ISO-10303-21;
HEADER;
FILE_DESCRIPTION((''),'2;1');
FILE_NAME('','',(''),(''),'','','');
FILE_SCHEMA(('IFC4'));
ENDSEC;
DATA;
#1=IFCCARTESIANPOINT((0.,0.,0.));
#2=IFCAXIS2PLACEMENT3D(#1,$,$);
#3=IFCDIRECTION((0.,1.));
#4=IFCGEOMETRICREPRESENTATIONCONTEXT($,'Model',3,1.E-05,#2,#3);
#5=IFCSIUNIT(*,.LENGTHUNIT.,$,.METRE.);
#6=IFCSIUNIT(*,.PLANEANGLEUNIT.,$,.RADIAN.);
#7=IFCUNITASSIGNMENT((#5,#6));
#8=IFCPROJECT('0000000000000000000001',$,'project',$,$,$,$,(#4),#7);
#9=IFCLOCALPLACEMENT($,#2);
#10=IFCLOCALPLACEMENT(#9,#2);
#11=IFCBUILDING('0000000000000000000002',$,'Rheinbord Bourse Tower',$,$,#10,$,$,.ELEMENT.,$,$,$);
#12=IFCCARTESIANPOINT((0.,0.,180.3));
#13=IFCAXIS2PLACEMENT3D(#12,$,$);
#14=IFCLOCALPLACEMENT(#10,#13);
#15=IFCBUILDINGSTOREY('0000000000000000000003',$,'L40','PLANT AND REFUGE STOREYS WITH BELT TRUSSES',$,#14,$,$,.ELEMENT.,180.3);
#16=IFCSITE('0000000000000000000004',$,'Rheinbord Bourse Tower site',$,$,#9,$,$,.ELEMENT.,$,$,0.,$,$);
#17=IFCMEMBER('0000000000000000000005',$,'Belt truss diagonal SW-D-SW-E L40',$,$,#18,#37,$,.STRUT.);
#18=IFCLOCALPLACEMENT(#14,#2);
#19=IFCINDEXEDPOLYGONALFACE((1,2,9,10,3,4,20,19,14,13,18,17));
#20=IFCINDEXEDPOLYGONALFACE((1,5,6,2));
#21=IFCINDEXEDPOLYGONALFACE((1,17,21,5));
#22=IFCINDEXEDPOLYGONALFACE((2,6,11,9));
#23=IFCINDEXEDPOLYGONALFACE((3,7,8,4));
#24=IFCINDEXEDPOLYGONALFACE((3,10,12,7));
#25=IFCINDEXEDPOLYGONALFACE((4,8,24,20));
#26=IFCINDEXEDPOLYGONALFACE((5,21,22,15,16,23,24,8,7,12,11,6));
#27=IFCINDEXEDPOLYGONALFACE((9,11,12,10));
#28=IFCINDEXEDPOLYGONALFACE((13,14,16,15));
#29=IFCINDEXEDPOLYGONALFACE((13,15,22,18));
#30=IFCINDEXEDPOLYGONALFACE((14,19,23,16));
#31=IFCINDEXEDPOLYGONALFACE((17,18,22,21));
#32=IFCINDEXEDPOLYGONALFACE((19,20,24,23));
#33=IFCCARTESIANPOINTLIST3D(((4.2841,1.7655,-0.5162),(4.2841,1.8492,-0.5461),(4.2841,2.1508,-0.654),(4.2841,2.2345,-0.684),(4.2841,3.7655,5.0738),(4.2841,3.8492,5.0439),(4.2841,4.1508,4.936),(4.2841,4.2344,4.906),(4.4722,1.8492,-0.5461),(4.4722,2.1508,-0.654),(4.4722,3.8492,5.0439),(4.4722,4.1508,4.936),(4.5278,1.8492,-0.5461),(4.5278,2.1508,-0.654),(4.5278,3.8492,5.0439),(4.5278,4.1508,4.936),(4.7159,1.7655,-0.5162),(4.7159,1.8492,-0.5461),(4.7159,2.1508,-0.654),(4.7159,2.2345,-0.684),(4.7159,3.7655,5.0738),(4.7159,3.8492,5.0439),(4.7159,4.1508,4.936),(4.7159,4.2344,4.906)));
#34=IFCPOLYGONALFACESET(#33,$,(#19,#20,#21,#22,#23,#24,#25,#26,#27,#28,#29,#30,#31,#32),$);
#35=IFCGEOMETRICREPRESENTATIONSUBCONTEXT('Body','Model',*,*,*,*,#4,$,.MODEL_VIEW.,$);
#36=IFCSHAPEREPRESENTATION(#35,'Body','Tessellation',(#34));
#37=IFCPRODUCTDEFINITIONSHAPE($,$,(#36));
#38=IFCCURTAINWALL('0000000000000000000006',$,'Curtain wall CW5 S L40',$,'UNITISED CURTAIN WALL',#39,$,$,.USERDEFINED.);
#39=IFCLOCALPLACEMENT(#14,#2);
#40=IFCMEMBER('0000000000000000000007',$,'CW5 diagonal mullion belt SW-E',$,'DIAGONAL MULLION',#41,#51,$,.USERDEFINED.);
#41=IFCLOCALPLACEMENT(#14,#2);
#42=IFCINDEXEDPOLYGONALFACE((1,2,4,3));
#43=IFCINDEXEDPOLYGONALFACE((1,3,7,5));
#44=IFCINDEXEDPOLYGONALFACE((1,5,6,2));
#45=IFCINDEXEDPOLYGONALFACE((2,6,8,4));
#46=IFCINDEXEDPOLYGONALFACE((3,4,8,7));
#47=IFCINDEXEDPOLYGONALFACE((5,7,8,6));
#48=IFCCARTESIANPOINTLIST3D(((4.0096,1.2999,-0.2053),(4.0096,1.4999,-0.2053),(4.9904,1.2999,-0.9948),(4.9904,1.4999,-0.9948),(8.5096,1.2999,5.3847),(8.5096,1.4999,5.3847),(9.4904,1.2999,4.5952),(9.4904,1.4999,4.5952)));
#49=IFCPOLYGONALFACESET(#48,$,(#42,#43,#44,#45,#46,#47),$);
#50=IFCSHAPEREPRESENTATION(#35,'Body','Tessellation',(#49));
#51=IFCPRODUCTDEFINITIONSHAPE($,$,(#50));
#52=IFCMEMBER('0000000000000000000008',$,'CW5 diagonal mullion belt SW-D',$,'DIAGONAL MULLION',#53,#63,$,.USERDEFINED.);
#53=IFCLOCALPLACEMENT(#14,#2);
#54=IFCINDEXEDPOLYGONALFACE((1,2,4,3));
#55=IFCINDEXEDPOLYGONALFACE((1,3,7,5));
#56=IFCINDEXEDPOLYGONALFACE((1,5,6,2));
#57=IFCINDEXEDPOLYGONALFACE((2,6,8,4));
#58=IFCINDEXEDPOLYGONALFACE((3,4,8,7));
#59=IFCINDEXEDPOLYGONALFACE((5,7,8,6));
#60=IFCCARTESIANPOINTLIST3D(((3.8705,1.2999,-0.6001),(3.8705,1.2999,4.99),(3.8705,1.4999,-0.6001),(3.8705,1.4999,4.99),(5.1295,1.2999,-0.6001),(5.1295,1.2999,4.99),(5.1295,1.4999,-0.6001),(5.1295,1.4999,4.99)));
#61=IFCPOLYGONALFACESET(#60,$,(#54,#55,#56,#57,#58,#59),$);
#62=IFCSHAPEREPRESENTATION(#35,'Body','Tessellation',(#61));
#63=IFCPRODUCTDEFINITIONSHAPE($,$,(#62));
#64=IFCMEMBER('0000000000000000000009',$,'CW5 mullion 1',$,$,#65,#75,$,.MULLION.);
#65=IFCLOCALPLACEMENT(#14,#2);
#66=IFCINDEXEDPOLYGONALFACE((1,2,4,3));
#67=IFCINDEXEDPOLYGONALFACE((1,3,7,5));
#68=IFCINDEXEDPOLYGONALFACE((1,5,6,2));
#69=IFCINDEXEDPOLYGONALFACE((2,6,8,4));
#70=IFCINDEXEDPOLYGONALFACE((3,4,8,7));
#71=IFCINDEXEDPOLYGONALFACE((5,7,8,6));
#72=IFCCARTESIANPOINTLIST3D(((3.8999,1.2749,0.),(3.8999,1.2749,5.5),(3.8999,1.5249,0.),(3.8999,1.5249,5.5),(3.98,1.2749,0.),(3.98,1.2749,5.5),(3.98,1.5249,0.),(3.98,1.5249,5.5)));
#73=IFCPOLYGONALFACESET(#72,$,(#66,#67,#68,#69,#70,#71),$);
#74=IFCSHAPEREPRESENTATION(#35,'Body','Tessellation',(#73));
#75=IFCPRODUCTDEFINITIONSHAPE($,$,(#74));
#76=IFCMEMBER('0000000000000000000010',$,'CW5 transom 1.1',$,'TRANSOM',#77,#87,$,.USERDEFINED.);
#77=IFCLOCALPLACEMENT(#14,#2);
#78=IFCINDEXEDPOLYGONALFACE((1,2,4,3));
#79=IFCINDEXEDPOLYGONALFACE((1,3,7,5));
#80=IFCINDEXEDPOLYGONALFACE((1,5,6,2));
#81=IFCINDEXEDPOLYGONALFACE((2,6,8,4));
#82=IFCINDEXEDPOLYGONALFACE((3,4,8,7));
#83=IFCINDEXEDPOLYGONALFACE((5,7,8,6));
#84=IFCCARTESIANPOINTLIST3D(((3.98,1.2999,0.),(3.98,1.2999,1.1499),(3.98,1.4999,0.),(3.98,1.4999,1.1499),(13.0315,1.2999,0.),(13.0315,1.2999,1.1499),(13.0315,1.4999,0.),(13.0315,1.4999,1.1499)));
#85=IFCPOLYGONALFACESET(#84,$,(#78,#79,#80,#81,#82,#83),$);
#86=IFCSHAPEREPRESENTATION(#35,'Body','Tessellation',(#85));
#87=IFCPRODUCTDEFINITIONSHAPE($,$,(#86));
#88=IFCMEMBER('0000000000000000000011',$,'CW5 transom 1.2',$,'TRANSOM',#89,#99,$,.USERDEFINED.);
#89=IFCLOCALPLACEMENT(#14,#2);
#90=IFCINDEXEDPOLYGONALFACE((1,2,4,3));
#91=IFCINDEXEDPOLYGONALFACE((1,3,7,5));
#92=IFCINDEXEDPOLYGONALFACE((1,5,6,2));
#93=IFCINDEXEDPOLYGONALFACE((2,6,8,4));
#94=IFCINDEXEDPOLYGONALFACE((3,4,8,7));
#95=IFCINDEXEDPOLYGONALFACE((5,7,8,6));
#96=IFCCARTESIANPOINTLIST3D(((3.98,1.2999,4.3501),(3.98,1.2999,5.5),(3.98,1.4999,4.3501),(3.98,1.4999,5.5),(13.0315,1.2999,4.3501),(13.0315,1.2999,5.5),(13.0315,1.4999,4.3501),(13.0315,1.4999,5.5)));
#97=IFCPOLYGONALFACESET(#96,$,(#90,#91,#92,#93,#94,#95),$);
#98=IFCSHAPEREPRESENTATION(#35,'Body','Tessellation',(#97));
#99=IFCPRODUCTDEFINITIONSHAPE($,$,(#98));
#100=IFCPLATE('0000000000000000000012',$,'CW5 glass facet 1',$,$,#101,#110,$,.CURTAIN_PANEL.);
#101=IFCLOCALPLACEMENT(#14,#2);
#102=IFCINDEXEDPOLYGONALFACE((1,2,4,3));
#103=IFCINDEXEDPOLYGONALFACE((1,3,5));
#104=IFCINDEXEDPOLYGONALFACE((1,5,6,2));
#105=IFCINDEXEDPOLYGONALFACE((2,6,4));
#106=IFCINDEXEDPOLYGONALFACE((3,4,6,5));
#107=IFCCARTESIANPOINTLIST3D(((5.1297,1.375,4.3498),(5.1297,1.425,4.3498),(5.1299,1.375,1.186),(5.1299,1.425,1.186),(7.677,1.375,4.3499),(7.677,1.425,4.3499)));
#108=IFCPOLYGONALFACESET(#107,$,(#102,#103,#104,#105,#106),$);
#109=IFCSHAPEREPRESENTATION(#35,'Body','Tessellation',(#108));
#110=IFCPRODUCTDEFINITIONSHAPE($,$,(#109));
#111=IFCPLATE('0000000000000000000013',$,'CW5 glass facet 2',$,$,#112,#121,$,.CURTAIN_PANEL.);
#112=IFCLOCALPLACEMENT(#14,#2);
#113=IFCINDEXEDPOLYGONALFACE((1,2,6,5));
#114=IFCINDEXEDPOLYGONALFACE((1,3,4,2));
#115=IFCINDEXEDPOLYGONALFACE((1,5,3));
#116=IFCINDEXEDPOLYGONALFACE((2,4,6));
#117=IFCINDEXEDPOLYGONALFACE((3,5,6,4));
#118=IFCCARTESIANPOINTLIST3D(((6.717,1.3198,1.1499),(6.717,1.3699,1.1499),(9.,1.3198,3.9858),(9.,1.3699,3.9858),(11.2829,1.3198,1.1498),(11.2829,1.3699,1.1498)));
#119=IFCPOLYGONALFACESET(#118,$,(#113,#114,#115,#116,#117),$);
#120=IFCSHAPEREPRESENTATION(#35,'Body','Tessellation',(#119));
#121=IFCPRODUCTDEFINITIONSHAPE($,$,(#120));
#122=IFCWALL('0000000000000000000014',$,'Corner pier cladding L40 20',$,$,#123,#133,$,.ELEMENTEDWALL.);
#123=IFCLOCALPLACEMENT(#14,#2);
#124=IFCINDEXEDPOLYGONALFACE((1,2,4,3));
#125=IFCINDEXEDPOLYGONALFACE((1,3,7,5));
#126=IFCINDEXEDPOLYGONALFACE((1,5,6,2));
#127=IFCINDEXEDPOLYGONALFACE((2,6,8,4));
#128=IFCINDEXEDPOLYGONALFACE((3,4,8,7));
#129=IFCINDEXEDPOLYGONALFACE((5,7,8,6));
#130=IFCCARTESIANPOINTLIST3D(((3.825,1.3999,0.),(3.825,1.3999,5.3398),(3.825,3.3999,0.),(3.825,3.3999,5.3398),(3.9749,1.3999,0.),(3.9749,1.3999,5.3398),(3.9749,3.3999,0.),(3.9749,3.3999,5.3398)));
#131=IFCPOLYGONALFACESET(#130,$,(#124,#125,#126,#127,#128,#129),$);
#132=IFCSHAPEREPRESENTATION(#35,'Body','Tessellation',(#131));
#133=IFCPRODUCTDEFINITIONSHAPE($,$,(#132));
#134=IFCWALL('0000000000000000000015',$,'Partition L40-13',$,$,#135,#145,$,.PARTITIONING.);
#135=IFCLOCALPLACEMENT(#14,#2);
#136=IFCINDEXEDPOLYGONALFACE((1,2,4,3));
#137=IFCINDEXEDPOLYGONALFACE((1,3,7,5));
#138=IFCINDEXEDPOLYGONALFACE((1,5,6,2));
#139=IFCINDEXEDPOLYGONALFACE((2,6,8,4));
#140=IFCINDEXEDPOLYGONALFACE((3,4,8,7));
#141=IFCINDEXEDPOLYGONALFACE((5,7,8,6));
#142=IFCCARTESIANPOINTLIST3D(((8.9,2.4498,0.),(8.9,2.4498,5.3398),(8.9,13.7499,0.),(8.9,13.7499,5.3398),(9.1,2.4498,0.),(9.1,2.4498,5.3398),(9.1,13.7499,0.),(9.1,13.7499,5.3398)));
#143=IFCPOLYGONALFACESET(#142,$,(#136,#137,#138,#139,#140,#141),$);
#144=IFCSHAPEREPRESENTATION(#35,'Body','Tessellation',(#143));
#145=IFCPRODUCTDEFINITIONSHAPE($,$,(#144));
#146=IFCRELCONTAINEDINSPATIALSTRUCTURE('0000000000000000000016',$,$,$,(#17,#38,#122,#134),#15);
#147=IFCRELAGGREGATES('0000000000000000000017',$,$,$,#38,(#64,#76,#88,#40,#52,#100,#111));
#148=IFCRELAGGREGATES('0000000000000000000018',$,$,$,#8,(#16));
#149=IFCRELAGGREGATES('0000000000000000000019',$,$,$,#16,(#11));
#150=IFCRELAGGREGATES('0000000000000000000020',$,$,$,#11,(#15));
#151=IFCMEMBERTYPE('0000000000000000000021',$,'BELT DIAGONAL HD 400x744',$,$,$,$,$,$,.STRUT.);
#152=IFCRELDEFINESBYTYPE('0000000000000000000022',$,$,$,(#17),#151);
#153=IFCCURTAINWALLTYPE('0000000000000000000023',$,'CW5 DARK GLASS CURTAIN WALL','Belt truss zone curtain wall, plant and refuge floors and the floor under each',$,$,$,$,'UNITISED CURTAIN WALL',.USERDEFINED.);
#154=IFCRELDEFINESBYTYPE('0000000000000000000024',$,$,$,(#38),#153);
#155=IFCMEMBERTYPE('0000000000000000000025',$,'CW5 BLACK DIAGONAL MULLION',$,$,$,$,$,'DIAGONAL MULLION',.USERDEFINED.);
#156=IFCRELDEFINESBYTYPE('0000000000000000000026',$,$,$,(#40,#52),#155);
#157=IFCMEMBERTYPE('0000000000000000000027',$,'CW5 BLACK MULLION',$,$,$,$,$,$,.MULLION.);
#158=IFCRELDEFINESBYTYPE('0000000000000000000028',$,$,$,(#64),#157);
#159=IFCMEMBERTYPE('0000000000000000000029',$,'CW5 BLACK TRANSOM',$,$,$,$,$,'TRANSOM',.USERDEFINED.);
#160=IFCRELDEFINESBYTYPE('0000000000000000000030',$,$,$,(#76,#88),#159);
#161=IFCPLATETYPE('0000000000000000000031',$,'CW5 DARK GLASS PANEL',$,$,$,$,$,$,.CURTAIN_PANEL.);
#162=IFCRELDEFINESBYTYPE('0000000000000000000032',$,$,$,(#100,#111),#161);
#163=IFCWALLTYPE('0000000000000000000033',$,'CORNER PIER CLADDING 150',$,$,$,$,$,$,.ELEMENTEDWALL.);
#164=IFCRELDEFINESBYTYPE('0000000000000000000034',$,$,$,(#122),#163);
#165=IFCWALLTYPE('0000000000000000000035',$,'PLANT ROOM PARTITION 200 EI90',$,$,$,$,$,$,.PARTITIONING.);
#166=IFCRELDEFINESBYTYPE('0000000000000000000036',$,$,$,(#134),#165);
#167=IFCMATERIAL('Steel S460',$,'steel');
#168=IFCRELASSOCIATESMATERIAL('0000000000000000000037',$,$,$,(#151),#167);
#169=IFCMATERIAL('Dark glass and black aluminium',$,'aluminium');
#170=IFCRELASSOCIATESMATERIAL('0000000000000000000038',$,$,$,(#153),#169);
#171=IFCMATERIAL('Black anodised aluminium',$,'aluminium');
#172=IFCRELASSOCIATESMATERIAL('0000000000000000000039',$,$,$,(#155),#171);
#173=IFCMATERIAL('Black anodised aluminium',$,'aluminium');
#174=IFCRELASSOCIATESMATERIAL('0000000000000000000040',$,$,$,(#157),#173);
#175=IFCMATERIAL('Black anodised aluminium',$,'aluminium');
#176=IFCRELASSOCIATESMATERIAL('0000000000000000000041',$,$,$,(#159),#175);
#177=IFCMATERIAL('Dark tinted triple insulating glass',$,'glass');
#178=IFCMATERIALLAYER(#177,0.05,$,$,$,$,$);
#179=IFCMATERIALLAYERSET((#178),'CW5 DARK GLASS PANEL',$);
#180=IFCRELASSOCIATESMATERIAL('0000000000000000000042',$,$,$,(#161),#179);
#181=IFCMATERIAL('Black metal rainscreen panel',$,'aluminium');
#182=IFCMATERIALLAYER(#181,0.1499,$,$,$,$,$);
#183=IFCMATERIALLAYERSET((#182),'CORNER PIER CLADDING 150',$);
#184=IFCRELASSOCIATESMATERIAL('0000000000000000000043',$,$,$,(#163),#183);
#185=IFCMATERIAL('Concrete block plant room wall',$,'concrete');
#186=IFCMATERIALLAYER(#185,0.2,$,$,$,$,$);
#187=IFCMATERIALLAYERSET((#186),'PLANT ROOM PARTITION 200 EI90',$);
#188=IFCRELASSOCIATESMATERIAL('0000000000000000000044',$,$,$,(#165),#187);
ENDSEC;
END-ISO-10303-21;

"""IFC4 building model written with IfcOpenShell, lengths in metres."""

from ifc_helpers import new_model, si_unit, direction, frame, frame_2d, origin, origin_2d, place, context, subcontext, project, spatial, polyline, rectangle, i_section, outline, extrude, material, layer, layer_set, material_profile, profile_set, type_object, element, aggregate, save


model = new_model("IFC4")

# Units and contexts
model_context = context("Model", 3, precision=1e-05, world=origin(), true_north=direction((0.0, 1.0)))
body_context = subcontext(model_context, "Body", "Model", "MODEL_VIEW")
ifc_project = project(units=[si_unit("LENGTHUNIT", "METRE"), si_unit("PLANEANGLEUNIT", "RADIAN")], contexts=[model_context])

# Site, building, storey
site_placement = place(None, origin())
site = spatial("IfcSite", under=ifc_project, at=site_placement, Name="Rheinbord Bourse Tower site", CompositionType="ELEMENT", RefElevation=0.0)
building_placement = place(site_placement, origin())
building = spatial("IfcBuilding", under=site, at=building_placement, Name="Rheinbord Bourse Tower", CompositionType="ELEMENT")
storey_placement = place(building_placement, frame((0.0, 0.0, 180.3)))
storey = spatial("IfcBuildingStorey", under=building, at=storey_placement, Name="L40", Description="PLANT AND REFUGE STOREYS WITH BELT TRUSSES", CompositionType="ELEMENT", Elevation=180.3)

# Member
ifc_material_1 = material(Name="Steel S460", Category="steel")
ifc_material_profile_1 = material_profile(ifc_material_1, i_section(OverallWidth=0.4319, OverallDepth=0.498, WebThickness=0.0557, FlangeThickness=0.0889, at=origin_2d()), Name="HD 400x744")
ifc_profile_set_1 = profile_set([ifc_material_profile_1], Name="Steel S460")
member_type_1 = type_object("IfcMemberType", Name="BELT DIAGONAL HD 400x744", PredefinedType="STRUT", material=ifc_profile_set_1)
member_1_placement = place(storey_placement, frame((4.5, 2.0, -0.6001), z_axis=(0.0, 0.336865, 0.941553), x_axis=(-1.0, 0.0, 0.0)))
element("IfcMember", 1, at=member_1_placement, inside=storey, type_object=member_type_1, Name="Belt truss diagonal SW-D-SW-E L40", PredefinedType="STRUT", context=body_context, shape_type="SweptSolid", body=[
    extrude(i_section(OverallWidth=0.4319, OverallDepth=0.498, WebThickness=0.0557, FlangeThickness=0.0889, at=origin_2d()), origin(), (0.0, 0.0, 1.0), 5.937),
])

# Curtain wall, members, plates
ifc_material_2 = material(Name="Dark glass and black aluminium", Category="aluminium")
curtain_wall_type = type_object("IfcCurtainWallType", Name="CW5 DARK GLASS CURTAIN WALL", Description="Belt truss zone curtain wall, plant and refuge floors and the floor under each", ElementType="UNITISED CURTAIN WALL", PredefinedType="USERDEFINED", material=ifc_material_2)
curtain_wall_placement = place(storey_placement, origin())
curtain_wall = element("IfcCurtainWall", 2, at=curtain_wall_placement, inside=storey, type_object=curtain_wall_type, Name="Curtain wall CW5 S L40", ObjectType="UNITISED CURTAIN WALL", PredefinedType="USERDEFINED")
ifc_material_3 = material(Name="Black anodised aluminium", Category="aluminium")
ifc_material_profile_2 = material_profile(ifc_material_3, rectangle(XDim=0.2, YDim=1.259, at=origin_2d()), Name="CW5 DIAGONAL MULLION 1259x200")
ifc_profile_set_2 = profile_set([ifc_material_profile_2], Name="Black anodised aluminium")
member_type_2 = type_object("IfcMemberType", Name="CW5 BLACK DIAGONAL MULLION", ElementType="DIAGONAL MULLION", PredefinedType="USERDEFINED", material=ifc_profile_set_2)
member_2_placement = place(storey_placement, frame((4.5, 1.3999, -0.6001), z_axis=(0.627065, 0.0, 0.778967), x_axis=(0.0, 1.0, 0.0)))
member_2 = element("IfcMember", 3, at=member_2_placement, type_object=member_type_2, Name="CW5 diagonal mullion belt SW-E", ObjectType="DIAGONAL MULLION", PredefinedType="USERDEFINED", context=body_context, shape_type="SweptSolid", body=[
    extrude(rectangle(XDim=0.2, YDim=1.259, at=origin_2d()), origin(), (0.0, 0.0, 1.0), 7.1763),
])
member_3_placement = place(storey_placement, frame((4.5, 1.3999, -0.6001), z_axis=(0.0, 0.0, 1.0), x_axis=(0.0, 1.0, 0.0)))
member_3 = element("IfcMember", 4, at=member_3_placement, type_object=member_type_2, Name="CW5 diagonal mullion belt SW-D", ObjectType="DIAGONAL MULLION", PredefinedType="USERDEFINED", context=body_context, shape_type="SweptSolid", body=[
    extrude(rectangle(XDim=0.2, YDim=1.259, at=origin_2d()), origin(), (0.0, 0.0, 1.0), 5.5901),
])
ifc_material_4 = material(Name="Black anodised aluminium", Category="aluminium")
ifc_material_profile_3 = material_profile(ifc_material_4, rectangle(XDim=0.25, YDim=0.0801, at=origin_2d()), Name="CW5 MULLION 80x250")
ifc_profile_set_3 = profile_set([ifc_material_profile_3], Name="Black anodised aluminium")
member_type_3 = type_object("IfcMemberType", Name="CW5 BLACK MULLION", PredefinedType="MULLION", material=ifc_profile_set_3)
member_4_placement = place(storey_placement, frame((3.9399, 1.3999, 0.0), z_axis=(0.0, 0.0, 1.0), x_axis=(0.0, 1.0, 0.0)))
member_4 = element("IfcMember", 5, at=member_4_placement, type_object=member_type_3, Name="CW5 mullion 1", PredefinedType="MULLION", context=body_context, shape_type="SweptSolid", body=[
    extrude(rectangle(XDim=0.25, YDim=0.0801, at=origin_2d()), origin(), (0.0, 0.0, 1.0), 5.5),
])
ifc_material_5 = material(Name="Black anodised aluminium", Category="aluminium")
ifc_material_profile_4 = material_profile(ifc_material_5, rectangle(XDim=0.2, YDim=1.1499, at=origin_2d()), Name="CW5 TRANSOM 1150x200")
ifc_profile_set_4 = profile_set([ifc_material_profile_4], Name="Black anodised aluminium")
member_type_4 = type_object("IfcMemberType", Name="CW5 BLACK TRANSOM", ElementType="TRANSOM", PredefinedType="USERDEFINED", material=ifc_profile_set_4)
member_5_placement = place(storey_placement, frame((3.98, 1.3999, 0.575), z_axis=(1.0, 0.0, 0.0), x_axis=(0.0, 1.0, 0.0)))
member_5 = element("IfcMember", 6, at=member_5_placement, type_object=member_type_4, Name="CW5 transom 1.1", ObjectType="TRANSOM", PredefinedType="USERDEFINED", context=body_context, shape_type="SweptSolid", body=[
    extrude(rectangle(XDim=0.2, YDim=1.1499, at=origin_2d()), origin(), (0.0, 0.0, 1.0), 9.0515),
])
member_6_placement = place(storey_placement, frame((3.98, 1.3999, 4.925), z_axis=(1.0, 0.0, 0.0), x_axis=(0.0, 1.0, 0.0)))
member_6 = element("IfcMember", 7, at=member_6_placement, type_object=member_type_4, Name="CW5 transom 1.2", ObjectType="TRANSOM", PredefinedType="USERDEFINED", context=body_context, shape_type="SweptSolid", body=[
    extrude(rectangle(XDim=0.2, YDim=1.1499, at=origin_2d()), origin(), (0.0, 0.0, 1.0), 9.0515),
])
ifc_material_6 = material(Name="Dark tinted triple insulating glass", Category="glass")
ifc_layer_1 = layer(ifc_material_6, 0.05)
ifc_layer_set_1 = layer_set([ifc_layer_1], Name="CW5 DARK GLASS PANEL")
plate_type = type_object("IfcPlateType", Name="CW5 DARK GLASS PANEL", PredefinedType="CURTAIN_PANEL", material=ifc_layer_set_1)
plate_1_placement = place(storey_placement, frame((7.677, 1.375, 4.3499), z_axis=(0.0, 1.0, 0.0), x_axis=(-0.627104, 0.0, -0.778936)))
plate_1 = element("IfcPlate", 8, at=plate_1_placement, type_object=plate_type, Name="CW5 glass facet 1", PredefinedType="CURTAIN_PANEL", context=body_context, shape_type="SweptSolid", body=[
    extrude(outline(polyline([(0.0, 0.0), (4.0618, 0.0), (1.5974, 1.9841), (0.0, 0.0)])), origin(), (0.0, 0.0, 1.0), 0.05),
])
plate_2_placement = place(storey_placement, frame((6.717, 1.3198, 1.1499), z_axis=(0.0, 1.0, 0.0), x_axis=(0.627072, 0.0, 0.778961)))
plate_2 = element("IfcPlate", 9, at=plate_2_placement, type_object=plate_type, Name="CW5 glass facet 2", PredefinedType="CURTAIN_PANEL", context=body_context, shape_type="SweptSolid", body=[
    extrude(outline(polyline([(0.0, 0.0), (3.6406, 0.0), (2.863, 3.5566), (0.0, 0.0)])), origin(), (0.0, 0.0, 1.0), 0.05),
])
aggregate(curtain_wall, [member_4, member_5, member_6, member_2, member_3, plate_1, plate_2])

# Walls
ifc_material_7 = material(Name="Black metal rainscreen panel", Category="aluminium")
ifc_layer_2 = layer(ifc_material_7, 0.1499)
ifc_layer_set_2 = layer_set([ifc_layer_2], Name="CORNER PIER CLADDING 150")
wall_type_1 = type_object("IfcWallType", Name="CORNER PIER CLADDING 150", PredefinedType="ELEMENTEDWALL", material=ifc_layer_set_2)
wall_1_placement = place(storey_placement, frame((3.8999, 3.3999, 0.0), z_axis=(0.0, 0.0, 1.0), x_axis=(0.0, -1.0, 0.0)))
element("IfcWall", 10, at=wall_1_placement, inside=storey, type_object=wall_type_1, Name="Corner pier cladding L40 20", PredefinedType="ELEMENTEDWALL", context=body_context, shape_type="SweptSolid", body=[
    extrude(rectangle(XDim=2.0, YDim=0.1499, at=frame_2d((1.0, 0.0))), origin(), (0.0, 0.0, 1.0), 5.3398),
])
ifc_material_8 = material(Name="Concrete block plant room wall", Category="concrete")
ifc_layer_3 = layer(ifc_material_8, 0.2)
ifc_layer_set_3 = layer_set([ifc_layer_3], Name="PLANT ROOM PARTITION 200 EI90")
wall_type_2 = type_object("IfcWallType", Name="PLANT ROOM PARTITION 200 EI90", PredefinedType="PARTITIONING", material=ifc_layer_set_3)
wall_2_placement = place(storey_placement, frame((9.0, 2.45, 0.0), z_axis=(0.0, 0.0, 1.0), x_axis=(0.0, 1.0, 0.0)))
element("IfcWall", 11, at=wall_2_placement, inside=storey, type_object=wall_type_2, Name="Partition L40-13", PredefinedType="PARTITIONING", context=body_context, shape_type="SweptSolid", body=[
    extrude(rectangle(XDim=11.3, YDim=0.2, at=frame_2d((5.6499, 0.0))), origin(), (0.0, 0.0, 1.0), 5.3398),
])

save(model, "model.ifc")
